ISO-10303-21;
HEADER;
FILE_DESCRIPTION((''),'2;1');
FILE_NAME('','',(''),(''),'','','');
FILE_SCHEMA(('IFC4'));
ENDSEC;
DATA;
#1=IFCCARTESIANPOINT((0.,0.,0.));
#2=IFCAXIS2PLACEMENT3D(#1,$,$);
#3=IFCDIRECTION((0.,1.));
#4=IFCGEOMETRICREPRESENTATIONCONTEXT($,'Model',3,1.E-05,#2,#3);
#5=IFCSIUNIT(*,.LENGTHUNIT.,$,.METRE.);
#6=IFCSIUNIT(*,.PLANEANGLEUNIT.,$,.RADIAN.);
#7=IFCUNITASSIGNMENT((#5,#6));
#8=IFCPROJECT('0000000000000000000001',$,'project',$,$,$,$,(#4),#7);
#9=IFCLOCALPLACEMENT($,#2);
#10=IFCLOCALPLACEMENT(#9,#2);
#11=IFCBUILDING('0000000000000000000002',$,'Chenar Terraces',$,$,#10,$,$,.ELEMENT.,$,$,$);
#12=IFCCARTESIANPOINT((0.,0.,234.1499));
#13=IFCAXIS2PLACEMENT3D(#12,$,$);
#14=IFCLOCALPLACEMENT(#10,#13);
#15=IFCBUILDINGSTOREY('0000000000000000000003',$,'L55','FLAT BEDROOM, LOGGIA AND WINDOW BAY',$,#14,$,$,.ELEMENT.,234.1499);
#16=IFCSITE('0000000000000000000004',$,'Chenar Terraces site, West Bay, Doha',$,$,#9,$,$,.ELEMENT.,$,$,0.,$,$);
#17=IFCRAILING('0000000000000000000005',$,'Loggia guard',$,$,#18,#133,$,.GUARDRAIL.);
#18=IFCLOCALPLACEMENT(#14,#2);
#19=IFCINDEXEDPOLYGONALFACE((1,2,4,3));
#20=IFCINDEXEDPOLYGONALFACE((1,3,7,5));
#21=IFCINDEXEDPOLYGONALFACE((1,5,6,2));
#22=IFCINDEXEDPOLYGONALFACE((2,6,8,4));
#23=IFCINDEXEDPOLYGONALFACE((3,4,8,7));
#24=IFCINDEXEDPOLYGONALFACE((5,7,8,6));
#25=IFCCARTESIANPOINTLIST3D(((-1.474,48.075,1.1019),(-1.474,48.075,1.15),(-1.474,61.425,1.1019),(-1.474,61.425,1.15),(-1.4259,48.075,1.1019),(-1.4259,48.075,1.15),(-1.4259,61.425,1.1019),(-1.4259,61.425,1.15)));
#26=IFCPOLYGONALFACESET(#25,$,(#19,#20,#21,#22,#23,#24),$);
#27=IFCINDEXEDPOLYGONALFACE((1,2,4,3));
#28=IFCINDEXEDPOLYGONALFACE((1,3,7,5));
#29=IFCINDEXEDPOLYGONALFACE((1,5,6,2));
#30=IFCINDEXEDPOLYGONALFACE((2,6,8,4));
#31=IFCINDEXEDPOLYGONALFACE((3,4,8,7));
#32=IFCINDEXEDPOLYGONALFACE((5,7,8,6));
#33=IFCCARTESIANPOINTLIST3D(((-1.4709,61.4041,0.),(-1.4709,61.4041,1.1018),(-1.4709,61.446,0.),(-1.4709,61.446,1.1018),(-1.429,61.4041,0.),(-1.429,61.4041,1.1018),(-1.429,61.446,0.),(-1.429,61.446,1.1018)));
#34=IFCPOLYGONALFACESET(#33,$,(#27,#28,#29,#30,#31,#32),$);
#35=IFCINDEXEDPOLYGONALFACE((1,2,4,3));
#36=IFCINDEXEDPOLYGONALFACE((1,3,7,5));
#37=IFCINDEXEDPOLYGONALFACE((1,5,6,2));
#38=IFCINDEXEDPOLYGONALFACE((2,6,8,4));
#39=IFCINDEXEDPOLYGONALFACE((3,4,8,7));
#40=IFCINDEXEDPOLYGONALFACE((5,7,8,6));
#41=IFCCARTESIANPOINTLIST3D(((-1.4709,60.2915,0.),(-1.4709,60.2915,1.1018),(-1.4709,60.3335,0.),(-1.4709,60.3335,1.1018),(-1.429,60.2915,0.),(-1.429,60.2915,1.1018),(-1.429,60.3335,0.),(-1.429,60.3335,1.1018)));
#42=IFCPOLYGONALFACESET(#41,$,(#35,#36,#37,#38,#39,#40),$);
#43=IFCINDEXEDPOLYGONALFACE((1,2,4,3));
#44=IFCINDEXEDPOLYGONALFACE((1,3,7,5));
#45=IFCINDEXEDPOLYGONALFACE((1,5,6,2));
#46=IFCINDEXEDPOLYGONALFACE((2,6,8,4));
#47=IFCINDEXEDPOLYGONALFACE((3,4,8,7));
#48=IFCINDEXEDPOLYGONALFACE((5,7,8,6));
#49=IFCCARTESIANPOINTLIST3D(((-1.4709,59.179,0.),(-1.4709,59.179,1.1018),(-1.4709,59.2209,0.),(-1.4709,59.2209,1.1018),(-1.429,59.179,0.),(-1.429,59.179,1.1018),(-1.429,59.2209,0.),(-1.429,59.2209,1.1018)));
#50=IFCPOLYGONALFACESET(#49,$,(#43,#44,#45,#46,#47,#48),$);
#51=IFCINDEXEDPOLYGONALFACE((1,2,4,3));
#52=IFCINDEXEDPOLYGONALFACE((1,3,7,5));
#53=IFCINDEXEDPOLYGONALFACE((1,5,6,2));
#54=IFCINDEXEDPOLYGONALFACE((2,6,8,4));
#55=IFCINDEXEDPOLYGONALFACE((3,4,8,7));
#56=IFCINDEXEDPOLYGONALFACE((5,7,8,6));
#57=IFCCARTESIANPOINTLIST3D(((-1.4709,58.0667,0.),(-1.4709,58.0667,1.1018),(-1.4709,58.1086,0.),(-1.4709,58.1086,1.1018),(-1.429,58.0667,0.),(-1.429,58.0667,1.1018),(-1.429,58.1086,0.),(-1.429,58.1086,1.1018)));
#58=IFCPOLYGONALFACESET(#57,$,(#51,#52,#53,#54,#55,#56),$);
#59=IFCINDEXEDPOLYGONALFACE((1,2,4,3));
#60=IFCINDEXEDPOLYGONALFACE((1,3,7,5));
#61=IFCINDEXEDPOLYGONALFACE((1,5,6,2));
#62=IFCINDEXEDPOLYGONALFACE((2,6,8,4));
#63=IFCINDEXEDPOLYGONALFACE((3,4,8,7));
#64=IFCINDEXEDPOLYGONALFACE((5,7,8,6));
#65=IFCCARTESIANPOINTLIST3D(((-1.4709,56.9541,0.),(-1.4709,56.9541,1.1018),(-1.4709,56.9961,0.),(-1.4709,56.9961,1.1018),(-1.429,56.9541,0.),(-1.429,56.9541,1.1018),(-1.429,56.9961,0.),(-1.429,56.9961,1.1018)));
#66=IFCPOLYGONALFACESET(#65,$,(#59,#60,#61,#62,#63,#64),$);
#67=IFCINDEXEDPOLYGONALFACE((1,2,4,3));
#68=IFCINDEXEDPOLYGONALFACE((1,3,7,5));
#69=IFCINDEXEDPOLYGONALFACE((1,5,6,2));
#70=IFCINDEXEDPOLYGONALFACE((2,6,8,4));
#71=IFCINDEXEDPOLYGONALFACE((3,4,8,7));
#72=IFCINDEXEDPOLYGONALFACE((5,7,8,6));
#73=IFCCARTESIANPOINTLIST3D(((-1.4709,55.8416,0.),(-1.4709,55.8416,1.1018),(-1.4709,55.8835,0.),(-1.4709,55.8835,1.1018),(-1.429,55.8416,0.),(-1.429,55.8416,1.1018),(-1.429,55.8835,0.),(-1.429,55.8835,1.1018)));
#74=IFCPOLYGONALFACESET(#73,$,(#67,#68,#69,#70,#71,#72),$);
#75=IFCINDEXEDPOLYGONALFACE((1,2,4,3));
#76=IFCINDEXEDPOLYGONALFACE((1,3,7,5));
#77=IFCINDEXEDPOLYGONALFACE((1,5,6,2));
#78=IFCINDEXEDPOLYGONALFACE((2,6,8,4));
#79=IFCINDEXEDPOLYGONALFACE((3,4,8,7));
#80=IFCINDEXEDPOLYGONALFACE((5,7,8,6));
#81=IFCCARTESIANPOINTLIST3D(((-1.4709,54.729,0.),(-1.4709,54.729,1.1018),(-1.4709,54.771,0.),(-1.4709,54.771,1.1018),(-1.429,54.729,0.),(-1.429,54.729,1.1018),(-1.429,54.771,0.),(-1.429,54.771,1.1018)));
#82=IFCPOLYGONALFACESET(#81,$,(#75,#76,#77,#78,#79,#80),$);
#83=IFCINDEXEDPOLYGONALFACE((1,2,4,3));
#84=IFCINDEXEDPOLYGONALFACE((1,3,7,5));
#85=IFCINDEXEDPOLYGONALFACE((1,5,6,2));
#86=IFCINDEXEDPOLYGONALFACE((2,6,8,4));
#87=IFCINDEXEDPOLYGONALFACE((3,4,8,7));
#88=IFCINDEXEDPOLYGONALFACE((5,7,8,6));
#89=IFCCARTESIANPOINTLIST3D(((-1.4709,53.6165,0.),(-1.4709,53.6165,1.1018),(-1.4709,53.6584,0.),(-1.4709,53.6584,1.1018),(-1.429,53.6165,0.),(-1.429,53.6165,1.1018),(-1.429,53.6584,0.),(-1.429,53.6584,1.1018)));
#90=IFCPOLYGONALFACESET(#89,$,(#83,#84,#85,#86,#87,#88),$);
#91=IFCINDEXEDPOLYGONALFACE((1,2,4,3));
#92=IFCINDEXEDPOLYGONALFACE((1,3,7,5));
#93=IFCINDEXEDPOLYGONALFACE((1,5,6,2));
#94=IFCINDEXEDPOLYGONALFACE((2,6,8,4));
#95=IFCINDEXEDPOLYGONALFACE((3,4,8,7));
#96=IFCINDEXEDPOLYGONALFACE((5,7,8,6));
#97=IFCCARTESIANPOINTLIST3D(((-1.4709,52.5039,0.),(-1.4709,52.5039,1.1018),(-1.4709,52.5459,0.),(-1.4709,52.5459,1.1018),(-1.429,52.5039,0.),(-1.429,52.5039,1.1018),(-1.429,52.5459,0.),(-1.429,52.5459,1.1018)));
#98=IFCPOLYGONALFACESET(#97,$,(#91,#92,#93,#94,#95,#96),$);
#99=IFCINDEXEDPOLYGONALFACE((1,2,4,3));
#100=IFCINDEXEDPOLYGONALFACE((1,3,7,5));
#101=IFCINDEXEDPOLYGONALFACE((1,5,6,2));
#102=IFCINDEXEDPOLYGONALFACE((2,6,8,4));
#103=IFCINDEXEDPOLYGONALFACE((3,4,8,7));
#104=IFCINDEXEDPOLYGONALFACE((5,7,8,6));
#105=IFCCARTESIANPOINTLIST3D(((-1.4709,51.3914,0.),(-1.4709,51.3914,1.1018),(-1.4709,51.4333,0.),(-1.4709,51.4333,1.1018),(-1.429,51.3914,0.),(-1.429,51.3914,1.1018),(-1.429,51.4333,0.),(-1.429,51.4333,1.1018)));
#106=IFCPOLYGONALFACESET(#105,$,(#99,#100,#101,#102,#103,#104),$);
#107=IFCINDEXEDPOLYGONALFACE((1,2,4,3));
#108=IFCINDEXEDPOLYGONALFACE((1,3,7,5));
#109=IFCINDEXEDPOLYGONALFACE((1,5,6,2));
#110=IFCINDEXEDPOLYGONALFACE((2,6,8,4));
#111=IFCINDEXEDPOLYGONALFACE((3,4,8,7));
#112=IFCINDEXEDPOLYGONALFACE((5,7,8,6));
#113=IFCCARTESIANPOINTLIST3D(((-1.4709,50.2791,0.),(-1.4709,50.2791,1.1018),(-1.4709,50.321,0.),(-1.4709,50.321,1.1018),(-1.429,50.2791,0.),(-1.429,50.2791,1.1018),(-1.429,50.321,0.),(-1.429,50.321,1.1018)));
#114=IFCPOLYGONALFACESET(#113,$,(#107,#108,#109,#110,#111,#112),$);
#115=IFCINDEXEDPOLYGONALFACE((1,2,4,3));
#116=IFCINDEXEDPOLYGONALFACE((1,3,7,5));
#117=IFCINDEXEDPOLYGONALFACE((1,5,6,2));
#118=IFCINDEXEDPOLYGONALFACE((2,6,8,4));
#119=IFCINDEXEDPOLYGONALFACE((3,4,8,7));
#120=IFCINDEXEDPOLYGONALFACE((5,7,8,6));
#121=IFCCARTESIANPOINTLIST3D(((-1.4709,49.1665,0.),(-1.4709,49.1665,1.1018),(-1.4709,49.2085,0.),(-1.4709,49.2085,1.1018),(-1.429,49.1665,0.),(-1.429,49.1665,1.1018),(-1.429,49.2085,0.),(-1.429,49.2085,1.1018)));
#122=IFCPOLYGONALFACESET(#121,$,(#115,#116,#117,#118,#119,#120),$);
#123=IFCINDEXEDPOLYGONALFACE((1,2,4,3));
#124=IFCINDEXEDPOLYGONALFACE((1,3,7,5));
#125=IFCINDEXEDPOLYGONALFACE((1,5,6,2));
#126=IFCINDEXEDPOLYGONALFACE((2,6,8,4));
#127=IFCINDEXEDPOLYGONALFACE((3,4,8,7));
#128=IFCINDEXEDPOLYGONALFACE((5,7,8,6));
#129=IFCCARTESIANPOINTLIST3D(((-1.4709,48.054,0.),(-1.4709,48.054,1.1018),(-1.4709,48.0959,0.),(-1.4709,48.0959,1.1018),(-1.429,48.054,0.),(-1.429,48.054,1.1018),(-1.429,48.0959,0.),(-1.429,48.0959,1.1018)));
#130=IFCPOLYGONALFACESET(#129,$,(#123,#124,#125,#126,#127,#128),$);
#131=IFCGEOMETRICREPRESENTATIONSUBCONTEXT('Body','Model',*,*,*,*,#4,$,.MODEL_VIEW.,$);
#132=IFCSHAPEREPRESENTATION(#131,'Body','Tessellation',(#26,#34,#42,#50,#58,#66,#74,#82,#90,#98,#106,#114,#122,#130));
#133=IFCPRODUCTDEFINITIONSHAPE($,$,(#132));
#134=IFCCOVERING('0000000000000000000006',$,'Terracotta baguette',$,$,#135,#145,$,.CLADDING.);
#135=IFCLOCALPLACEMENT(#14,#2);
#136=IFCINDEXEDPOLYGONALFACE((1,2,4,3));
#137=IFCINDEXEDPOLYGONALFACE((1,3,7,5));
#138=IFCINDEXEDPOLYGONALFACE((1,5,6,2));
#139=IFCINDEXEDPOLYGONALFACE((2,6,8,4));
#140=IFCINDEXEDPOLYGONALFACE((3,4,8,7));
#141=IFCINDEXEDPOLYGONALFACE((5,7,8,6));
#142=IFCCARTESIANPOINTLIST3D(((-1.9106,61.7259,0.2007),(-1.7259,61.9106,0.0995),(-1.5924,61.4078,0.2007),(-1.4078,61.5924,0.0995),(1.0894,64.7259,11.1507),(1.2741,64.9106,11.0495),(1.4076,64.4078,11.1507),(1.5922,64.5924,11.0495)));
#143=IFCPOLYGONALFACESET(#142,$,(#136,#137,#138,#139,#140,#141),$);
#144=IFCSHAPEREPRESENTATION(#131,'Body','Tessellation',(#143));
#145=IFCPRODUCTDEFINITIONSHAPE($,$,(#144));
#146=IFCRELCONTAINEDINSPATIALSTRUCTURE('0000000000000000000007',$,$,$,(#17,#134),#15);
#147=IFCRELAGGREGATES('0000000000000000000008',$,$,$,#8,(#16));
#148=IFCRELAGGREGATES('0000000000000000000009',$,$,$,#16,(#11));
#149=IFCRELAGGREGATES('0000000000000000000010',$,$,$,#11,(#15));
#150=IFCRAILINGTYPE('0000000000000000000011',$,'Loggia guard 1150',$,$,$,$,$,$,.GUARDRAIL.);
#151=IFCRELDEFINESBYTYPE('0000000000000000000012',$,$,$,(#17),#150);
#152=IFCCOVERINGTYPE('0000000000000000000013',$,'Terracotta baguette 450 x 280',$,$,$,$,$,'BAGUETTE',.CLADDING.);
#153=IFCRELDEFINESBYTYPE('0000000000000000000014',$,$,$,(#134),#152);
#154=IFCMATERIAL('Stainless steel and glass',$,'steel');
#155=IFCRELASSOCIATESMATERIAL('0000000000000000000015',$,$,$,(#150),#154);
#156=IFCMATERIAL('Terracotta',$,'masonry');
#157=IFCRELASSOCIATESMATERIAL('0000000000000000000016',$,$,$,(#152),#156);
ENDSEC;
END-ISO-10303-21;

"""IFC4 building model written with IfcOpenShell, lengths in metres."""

from ifc_helpers import new_model, si_unit, direction, frame, origin, origin_2d, place, context, subcontext, project, spatial, rectangle, extrude, material, material_profile, profile_set, type_object, element, save


model = new_model("IFC4")

# Units and contexts
model_context = context("Model", 3, precision=1e-05, world=origin(), true_north=direction((0.0, 1.0)))
body_context = subcontext(model_context, "Body", "Model", "MODEL_VIEW")
ifc_project = project(units=[si_unit("LENGTHUNIT", "METRE"), si_unit("PLANEANGLEUNIT", "RADIAN")], contexts=[model_context])

# Site, building, storey
site_placement = place(None, origin())
site = spatial("IfcSite", under=ifc_project, at=site_placement, Name="Chenar Terraces site, West Bay, Doha", CompositionType="ELEMENT", RefElevation=0.0)
building_placement = place(site_placement, origin())
building = spatial("IfcBuilding", under=site, at=building_placement, Name="Chenar Terraces", CompositionType="ELEMENT")
storey_placement = place(building_placement, frame((0.0, 0.0, 234.1499)))
storey = spatial("IfcBuildingStorey", under=building, at=storey_placement, Name="L55", Description="FLAT BEDROOM, LOGGIA AND WINDOW BAY", CompositionType="ELEMENT", Elevation=234.1499)

# Railing
ifc_material_1 = material(Name="Stainless steel and glass", Category="steel")
railing_type = type_object("IfcRailingType", Name="Loggia guard 1150", PredefinedType="GUARDRAIL", material=ifc_material_1)
railing_1_placement = place(storey_placement, frame((-1.45, 61.425, 0.0)))
element("IfcRailing", 1, at=railing_1_placement, inside=storey, type_object=railing_type, Name="Loggia guard", PredefinedType="GUARDRAIL", context=body_context, shape_type="SweptSolid", body=[
    extrude(rectangle(XDim=0.0481, YDim=0.0481, at=origin_2d()), frame((0.0, 0.0, 1.126), z_axis=(0.0, -1.0, 0.0), x_axis=(1.0, 0.0, 0.0)), (0.0, 0.0, 1.0), 13.3501),
    extrude(rectangle(XDim=0.042, YDim=0.042, at=origin_2d()), origin(), (0.0, 0.0, 1.0), 1.1018),
    extrude(rectangle(XDim=0.042, YDim=0.042, at=origin_2d()), frame((0.0, -1.1125, 0.0)), (0.0, 0.0, 1.0), 1.1018),
    extrude(rectangle(XDim=0.042, YDim=0.042, at=origin_2d()), frame((0.0, -2.2251, 0.0)), (0.0, 0.0, 1.0), 1.1018),
    extrude(rectangle(XDim=0.042, YDim=0.042, at=origin_2d()), frame((0.0, -3.3374, 0.0)), (0.0, 0.0, 1.0), 1.1018),
    extrude(rectangle(XDim=0.042, YDim=0.042, at=origin_2d()), frame((0.0, -4.45, 0.0)), (0.0, 0.0, 1.0), 1.1018),
    extrude(rectangle(XDim=0.042, YDim=0.042, at=origin_2d()), frame((0.0, -5.5625, 0.0)), (0.0, 0.0, 1.0), 1.1018),
    extrude(rectangle(XDim=0.042, YDim=0.042, at=origin_2d()), frame((0.0, -6.675, 0.0)), (0.0, 0.0, 1.0), 1.1018),
    extrude(rectangle(XDim=0.042, YDim=0.042, at=origin_2d()), frame((0.0, -7.7876, 0.0)), (0.0, 0.0, 1.0), 1.1018),
    extrude(rectangle(XDim=0.042, YDim=0.042, at=origin_2d()), frame((0.0, -8.9001, 0.0)), (0.0, 0.0, 1.0), 1.1018),
    extrude(rectangle(XDim=0.042, YDim=0.042, at=origin_2d()), frame((0.0, -10.0127, 0.0)), (0.0, 0.0, 1.0), 1.1018),
    extrude(rectangle(XDim=0.042, YDim=0.042, at=origin_2d()), frame((0.0, -11.125, 0.0)), (0.0, 0.0, 1.0), 1.1018),
    extrude(rectangle(XDim=0.042, YDim=0.042, at=origin_2d()), frame((0.0, -12.2375, 0.0)), (0.0, 0.0, 1.0), 1.1018),
    extrude(rectangle(XDim=0.042, YDim=0.042, at=origin_2d()), frame((0.0, -13.3501, 0.0)), (0.0, 0.0, 1.0), 1.1018),
])

# Covering
ifc_material_2 = material(Name="Terracotta", Category="masonry")
ifc_material_profile = material_profile(ifc_material_2, rectangle(XDim=0.45, YDim=0.28, at=origin_2d()), Name="Terracotta baguette 450 x 280")
ifc_profile_set = profile_set([ifc_material_profile], Name="Terracotta")
covering_type = type_object("IfcCoveringType", Name="Terracotta baguette 450 x 280", ElementType="BAGUETTE", PredefinedType="CLADDING", material=ifc_profile_set)
covering_placement = place(storey_placement, frame((1.3408, 64.6592, 11.1001), z_axis=(-0.255468, -0.255468, -0.932455), x_axis=(0.707107, -0.707107, 0.0)))
element("IfcCovering", 2, at=covering_placement, inside=storey, type_object=covering_type, Name="Terracotta baguette", PredefinedType="CLADDING", context=body_context, shape_type="SweptSolid", body=[
    extrude(rectangle(XDim=0.45, YDim=0.28, at=origin_2d()), origin(), (0.0, 0.0, 1.0), 11.7432),
])

save(model, "model.ifc")
